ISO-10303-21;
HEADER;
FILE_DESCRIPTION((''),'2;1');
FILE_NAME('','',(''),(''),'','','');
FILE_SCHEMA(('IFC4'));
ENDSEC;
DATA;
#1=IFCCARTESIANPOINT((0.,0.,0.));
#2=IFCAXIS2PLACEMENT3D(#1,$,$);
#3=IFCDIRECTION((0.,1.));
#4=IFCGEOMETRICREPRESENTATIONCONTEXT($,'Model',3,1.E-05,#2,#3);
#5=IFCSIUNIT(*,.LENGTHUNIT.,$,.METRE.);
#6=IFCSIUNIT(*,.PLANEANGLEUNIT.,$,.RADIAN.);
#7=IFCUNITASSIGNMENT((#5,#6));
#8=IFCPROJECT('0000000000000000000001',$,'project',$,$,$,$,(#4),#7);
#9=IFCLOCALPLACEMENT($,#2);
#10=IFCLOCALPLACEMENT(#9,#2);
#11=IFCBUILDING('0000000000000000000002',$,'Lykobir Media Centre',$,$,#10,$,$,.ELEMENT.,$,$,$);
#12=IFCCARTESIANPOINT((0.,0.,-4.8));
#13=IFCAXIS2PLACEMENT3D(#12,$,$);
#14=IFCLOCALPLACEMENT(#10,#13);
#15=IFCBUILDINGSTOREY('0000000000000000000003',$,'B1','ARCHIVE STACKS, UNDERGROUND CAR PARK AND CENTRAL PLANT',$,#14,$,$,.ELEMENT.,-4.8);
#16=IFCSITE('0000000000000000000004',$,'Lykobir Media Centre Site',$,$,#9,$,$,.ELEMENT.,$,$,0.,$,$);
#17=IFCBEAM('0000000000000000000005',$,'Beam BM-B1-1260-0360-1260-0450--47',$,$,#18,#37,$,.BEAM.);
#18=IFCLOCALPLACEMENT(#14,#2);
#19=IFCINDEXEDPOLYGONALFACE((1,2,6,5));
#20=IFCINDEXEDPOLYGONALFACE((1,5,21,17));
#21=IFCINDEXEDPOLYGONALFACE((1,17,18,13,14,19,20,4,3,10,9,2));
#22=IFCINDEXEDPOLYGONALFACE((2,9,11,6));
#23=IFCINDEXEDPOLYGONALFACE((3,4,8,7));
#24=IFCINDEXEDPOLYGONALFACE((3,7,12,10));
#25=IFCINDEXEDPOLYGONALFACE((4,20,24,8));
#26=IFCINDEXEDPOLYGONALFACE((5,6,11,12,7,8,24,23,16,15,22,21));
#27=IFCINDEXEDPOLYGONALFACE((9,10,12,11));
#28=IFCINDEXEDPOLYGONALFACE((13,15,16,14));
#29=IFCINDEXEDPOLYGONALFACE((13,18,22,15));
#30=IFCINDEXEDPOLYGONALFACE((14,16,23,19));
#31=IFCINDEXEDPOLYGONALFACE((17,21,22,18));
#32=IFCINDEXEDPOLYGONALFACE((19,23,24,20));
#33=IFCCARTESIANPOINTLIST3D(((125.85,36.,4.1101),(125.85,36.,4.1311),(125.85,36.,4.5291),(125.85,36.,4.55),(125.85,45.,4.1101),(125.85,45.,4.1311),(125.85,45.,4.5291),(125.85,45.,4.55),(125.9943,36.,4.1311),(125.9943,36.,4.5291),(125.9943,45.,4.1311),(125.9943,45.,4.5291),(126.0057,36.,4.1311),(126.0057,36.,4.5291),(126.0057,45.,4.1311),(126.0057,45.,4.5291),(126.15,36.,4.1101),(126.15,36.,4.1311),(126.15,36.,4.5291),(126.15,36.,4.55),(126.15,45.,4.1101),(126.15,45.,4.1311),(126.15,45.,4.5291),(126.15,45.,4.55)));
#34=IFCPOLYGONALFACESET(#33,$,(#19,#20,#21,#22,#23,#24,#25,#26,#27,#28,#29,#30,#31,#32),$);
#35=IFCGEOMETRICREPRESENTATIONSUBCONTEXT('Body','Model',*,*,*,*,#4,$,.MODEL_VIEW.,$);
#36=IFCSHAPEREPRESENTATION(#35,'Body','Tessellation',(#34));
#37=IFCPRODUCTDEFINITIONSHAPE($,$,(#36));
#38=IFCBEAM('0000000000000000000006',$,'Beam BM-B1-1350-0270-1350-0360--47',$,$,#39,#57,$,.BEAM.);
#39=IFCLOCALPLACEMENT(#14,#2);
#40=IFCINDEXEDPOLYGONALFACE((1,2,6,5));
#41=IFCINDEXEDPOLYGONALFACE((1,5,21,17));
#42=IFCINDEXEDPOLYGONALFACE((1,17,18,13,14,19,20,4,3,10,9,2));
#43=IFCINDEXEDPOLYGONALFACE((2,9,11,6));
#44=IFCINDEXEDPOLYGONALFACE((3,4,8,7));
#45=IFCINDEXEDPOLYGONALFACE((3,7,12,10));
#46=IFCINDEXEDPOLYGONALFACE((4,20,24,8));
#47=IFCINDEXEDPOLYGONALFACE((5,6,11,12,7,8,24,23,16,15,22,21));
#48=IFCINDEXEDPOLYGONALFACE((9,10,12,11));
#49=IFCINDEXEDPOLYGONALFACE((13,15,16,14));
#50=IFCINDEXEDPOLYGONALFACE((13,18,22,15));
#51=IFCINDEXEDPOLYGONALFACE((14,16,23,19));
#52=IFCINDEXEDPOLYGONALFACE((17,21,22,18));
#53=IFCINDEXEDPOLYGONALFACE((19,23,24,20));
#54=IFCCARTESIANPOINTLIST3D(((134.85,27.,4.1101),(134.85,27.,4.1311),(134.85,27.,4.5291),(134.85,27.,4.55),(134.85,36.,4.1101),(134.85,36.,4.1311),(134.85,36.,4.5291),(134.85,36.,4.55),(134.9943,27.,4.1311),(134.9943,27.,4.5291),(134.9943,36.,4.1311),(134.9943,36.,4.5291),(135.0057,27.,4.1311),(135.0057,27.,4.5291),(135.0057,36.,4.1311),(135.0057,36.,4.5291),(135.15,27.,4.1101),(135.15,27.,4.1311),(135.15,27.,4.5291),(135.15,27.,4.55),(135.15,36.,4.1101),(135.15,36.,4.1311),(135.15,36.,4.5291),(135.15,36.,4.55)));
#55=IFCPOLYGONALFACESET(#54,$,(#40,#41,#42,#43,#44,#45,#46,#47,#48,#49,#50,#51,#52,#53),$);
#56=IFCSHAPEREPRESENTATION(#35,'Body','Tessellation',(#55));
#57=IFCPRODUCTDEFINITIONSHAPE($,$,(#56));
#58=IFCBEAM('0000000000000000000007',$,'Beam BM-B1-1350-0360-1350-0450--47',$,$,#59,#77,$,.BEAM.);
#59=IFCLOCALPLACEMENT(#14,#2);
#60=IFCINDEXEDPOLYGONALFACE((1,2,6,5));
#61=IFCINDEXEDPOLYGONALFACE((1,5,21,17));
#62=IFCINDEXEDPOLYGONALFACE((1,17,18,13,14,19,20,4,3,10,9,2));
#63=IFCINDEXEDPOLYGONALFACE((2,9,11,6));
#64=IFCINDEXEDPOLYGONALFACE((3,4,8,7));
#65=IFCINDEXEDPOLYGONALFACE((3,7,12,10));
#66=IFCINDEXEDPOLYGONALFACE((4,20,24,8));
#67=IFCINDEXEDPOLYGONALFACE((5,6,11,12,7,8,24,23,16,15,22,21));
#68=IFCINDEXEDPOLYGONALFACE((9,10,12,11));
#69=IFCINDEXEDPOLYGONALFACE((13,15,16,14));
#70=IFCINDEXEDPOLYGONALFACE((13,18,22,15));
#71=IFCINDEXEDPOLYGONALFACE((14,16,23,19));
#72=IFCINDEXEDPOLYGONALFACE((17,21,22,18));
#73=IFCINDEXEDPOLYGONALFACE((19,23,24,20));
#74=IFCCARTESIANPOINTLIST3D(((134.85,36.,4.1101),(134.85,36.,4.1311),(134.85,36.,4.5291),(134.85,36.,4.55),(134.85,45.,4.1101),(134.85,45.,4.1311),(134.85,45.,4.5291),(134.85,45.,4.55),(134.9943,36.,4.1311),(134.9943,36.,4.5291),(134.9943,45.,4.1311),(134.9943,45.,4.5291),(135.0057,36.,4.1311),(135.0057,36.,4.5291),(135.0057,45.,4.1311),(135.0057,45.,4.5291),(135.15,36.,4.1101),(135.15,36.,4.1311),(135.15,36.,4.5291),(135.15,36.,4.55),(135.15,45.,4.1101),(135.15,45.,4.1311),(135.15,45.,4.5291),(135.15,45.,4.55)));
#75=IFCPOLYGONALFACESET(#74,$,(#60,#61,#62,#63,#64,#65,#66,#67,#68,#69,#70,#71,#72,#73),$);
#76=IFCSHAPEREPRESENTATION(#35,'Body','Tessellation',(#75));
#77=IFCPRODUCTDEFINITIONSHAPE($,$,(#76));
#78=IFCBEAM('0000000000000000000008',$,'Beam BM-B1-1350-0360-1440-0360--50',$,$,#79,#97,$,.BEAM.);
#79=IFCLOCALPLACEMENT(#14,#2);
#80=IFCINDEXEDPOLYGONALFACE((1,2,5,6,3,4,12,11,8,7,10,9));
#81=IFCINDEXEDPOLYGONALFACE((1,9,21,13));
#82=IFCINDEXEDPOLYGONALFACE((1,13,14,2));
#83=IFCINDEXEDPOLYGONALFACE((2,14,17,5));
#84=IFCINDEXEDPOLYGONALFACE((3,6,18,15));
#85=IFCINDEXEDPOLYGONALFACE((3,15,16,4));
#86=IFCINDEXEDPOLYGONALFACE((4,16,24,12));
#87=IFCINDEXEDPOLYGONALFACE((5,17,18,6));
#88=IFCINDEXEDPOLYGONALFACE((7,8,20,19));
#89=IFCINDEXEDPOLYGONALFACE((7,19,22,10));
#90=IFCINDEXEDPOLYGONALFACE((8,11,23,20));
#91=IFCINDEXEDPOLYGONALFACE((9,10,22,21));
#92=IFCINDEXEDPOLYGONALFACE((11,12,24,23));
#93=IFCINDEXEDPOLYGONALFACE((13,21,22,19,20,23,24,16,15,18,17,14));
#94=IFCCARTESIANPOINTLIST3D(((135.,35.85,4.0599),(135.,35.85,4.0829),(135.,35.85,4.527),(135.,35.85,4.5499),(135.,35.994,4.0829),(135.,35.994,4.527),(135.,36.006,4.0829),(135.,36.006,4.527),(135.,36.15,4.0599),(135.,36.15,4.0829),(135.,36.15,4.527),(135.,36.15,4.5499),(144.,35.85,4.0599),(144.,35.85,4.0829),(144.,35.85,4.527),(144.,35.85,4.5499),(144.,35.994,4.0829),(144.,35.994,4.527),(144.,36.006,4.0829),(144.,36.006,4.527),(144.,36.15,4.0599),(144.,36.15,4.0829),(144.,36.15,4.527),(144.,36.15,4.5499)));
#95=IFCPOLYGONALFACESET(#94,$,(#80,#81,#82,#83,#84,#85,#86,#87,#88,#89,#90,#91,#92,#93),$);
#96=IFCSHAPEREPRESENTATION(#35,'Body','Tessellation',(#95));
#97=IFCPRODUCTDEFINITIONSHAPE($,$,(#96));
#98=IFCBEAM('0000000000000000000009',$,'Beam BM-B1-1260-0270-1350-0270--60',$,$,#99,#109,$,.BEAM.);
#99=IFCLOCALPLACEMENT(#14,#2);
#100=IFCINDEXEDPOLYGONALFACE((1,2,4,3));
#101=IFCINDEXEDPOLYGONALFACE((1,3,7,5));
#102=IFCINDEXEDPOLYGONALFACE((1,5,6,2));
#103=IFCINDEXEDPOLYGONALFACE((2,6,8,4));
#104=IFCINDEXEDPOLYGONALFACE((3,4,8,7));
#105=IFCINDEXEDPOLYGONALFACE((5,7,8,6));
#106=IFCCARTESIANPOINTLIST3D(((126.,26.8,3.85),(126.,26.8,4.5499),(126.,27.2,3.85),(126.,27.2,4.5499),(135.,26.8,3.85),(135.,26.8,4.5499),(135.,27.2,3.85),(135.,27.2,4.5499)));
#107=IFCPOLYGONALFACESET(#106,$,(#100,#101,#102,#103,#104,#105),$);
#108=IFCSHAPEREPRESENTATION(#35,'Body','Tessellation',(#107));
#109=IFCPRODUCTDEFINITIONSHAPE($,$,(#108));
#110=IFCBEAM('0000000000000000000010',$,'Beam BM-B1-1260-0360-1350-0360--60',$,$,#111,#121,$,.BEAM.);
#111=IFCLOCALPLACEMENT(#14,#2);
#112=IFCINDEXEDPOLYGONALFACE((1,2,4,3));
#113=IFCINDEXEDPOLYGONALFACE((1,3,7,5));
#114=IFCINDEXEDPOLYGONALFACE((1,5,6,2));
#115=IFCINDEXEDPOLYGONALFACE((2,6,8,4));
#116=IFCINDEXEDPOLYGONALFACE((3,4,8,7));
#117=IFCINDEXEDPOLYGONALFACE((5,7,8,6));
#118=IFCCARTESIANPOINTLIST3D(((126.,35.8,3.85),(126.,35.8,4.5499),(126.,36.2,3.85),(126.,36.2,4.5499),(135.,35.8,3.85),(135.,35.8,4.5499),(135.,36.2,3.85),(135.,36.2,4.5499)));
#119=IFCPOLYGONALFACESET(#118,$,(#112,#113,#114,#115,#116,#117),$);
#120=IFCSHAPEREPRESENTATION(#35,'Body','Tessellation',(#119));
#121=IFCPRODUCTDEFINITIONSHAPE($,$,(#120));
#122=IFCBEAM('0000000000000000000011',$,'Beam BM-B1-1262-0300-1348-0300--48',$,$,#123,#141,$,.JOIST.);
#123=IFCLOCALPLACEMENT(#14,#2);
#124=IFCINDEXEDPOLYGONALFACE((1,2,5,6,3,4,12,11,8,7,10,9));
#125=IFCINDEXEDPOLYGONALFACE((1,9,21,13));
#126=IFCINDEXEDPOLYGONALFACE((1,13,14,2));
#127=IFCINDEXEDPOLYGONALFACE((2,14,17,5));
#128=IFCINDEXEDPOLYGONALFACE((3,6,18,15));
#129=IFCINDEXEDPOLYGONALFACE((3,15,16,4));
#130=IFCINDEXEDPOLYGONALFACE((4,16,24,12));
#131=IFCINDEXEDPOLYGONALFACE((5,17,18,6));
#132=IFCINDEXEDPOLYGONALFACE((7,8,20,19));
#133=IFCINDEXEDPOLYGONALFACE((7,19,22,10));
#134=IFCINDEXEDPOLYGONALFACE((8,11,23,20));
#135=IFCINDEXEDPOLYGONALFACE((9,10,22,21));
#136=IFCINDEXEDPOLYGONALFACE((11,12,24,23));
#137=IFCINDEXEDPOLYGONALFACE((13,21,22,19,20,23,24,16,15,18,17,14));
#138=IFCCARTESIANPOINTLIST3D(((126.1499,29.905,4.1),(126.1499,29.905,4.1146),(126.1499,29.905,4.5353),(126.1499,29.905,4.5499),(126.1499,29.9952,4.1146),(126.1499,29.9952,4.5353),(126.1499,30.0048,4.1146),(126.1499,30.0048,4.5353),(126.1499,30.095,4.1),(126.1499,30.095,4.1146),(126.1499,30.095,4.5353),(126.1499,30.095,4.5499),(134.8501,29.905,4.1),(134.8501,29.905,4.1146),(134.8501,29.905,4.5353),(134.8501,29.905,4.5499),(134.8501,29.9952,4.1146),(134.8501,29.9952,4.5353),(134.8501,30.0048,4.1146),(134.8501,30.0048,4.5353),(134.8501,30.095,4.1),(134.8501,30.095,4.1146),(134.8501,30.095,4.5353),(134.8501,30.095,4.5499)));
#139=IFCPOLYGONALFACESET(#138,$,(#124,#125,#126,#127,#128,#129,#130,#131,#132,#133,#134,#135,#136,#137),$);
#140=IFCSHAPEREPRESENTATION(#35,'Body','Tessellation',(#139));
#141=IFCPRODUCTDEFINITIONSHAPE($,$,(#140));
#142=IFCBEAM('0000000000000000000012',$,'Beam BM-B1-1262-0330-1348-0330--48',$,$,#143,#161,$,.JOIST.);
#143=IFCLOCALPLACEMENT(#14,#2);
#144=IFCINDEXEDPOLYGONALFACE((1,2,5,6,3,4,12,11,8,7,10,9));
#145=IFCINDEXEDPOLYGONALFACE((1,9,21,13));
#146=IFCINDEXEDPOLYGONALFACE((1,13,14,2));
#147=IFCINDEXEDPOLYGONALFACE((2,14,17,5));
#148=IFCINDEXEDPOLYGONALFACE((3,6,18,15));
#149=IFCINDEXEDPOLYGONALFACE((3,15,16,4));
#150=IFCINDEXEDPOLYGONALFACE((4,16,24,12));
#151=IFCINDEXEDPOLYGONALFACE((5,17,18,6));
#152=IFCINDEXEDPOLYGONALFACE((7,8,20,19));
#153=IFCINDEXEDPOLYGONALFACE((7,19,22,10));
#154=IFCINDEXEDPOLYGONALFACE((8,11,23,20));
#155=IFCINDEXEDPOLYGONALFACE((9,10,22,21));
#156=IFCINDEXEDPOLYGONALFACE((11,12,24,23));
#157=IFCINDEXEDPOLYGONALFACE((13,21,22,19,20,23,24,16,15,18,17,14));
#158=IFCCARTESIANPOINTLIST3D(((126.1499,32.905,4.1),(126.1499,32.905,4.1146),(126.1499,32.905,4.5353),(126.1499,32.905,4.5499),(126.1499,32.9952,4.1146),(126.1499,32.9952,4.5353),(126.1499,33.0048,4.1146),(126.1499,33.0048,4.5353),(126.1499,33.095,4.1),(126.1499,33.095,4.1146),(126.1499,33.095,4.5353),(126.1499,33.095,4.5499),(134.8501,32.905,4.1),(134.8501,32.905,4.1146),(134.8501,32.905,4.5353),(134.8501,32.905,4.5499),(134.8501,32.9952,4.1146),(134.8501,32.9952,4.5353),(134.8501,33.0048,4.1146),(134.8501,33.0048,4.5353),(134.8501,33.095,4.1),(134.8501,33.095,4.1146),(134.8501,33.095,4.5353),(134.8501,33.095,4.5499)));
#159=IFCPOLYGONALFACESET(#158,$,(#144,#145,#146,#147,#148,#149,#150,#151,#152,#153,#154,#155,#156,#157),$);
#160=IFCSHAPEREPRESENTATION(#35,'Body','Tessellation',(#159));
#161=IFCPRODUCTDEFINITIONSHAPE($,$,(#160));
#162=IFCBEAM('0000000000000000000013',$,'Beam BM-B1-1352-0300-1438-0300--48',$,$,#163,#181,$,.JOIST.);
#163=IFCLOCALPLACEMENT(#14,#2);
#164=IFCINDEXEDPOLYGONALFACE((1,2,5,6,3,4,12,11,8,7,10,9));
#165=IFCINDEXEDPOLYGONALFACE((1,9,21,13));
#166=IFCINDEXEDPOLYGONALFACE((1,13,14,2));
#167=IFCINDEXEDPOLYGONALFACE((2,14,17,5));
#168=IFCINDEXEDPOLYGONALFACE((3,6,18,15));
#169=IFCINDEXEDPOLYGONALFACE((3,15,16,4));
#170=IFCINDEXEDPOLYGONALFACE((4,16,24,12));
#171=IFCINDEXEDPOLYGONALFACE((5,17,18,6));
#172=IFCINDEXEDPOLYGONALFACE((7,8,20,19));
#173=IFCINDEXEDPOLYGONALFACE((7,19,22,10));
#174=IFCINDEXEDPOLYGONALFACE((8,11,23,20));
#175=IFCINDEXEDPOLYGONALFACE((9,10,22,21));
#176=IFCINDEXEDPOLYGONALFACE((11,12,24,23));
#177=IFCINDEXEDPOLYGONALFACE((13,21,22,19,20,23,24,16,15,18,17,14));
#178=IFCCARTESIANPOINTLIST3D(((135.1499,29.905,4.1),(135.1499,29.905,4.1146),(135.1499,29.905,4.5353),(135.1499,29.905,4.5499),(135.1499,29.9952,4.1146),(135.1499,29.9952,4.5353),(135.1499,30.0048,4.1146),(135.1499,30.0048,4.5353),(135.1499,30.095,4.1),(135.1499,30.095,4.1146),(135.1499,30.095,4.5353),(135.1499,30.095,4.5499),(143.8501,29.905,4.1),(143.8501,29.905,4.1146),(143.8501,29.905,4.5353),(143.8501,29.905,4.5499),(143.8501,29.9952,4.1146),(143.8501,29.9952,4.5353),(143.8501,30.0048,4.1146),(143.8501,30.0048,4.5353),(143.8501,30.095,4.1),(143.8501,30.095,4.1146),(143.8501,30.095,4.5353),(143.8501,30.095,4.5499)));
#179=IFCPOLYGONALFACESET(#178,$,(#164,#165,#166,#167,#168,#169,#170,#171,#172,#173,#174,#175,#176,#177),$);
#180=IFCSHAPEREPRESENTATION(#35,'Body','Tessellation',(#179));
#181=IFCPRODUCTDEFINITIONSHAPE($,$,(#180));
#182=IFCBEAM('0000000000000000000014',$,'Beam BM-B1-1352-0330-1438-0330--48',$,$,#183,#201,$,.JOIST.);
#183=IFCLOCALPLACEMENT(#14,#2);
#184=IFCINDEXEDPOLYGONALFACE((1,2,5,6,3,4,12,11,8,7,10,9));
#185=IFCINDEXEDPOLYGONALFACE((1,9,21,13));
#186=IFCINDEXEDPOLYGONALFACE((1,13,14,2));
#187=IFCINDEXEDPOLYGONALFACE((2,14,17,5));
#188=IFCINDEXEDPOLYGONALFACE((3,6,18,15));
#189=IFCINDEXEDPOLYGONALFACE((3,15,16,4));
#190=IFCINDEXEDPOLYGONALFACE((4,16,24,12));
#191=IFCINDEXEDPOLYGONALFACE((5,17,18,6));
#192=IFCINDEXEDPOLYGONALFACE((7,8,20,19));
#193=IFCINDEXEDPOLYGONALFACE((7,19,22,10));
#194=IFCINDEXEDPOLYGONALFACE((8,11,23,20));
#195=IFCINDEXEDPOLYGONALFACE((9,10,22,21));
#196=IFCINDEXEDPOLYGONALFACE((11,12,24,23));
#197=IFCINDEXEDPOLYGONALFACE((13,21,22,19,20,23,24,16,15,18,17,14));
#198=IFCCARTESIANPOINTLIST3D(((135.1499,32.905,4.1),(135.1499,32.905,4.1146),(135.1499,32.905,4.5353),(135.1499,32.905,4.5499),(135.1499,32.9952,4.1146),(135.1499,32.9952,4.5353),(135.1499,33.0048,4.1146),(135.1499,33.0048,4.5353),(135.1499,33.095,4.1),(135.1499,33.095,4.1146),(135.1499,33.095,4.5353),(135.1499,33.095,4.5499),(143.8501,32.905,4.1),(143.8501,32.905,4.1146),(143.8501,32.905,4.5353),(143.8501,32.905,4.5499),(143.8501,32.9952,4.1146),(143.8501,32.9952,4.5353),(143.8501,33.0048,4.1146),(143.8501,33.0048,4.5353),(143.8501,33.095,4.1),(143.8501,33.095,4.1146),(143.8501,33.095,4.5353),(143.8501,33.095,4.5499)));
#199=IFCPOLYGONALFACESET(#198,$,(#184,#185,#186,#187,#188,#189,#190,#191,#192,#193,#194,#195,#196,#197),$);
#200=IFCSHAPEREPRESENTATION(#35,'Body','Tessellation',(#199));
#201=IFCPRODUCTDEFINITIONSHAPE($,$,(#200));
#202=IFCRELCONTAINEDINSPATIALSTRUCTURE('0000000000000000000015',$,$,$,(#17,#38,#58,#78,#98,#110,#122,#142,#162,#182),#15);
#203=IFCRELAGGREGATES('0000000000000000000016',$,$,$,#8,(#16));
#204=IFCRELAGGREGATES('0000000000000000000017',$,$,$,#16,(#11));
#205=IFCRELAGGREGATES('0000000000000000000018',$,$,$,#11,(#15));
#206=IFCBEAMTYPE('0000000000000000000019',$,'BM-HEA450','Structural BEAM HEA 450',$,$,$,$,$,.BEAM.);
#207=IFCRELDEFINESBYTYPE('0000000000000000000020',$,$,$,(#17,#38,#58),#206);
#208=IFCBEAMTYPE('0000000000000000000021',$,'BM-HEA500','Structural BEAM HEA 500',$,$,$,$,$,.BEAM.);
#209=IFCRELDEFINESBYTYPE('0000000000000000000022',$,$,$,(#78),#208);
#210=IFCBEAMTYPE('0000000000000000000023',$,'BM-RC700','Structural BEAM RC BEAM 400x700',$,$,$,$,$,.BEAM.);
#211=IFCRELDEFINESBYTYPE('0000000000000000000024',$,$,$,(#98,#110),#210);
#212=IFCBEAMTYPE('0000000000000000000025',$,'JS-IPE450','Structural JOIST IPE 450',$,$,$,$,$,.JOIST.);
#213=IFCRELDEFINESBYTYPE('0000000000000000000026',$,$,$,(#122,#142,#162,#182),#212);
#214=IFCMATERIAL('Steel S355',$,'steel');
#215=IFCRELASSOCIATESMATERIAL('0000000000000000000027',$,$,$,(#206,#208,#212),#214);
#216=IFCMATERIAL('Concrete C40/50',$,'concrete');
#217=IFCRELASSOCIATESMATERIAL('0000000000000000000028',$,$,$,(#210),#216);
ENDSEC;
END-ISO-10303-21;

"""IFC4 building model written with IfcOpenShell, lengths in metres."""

from ifc_helpers import new_model, si_unit, direction, frame, origin, origin_2d, place, context, subcontext, project, spatial, rectangle, i_section, extrude, material, material_profile, profile_set, type_object, element, save


model = new_model("IFC4")

# Units and contexts
model_context = context("Model", 3, precision=1e-05, world=origin(), true_north=direction((0.0, 1.0)))
body_context = subcontext(model_context, "Body", "Model", "MODEL_VIEW")
ifc_project = project(units=[si_unit("LENGTHUNIT", "METRE"), si_unit("PLANEANGLEUNIT", "RADIAN")], contexts=[model_context])

# Site, building, storey
site_placement = place(None, origin())
site = spatial("IfcSite", under=ifc_project, at=site_placement, Name="Lykobir Media Centre Site", CompositionType="ELEMENT", RefElevation=0.0)
building_placement = place(site_placement, origin())
building = spatial("IfcBuilding", under=site, at=building_placement, Name="Lykobir Media Centre", CompositionType="ELEMENT")
storey_placement = place(building_placement, frame((0.0, 0.0, -4.8)))
storey = spatial("IfcBuildingStorey", under=building, at=storey_placement, Name="B1", Description="ARCHIVE STACKS, UNDERGROUND CAR PARK AND CENTRAL PLANT", CompositionType="ELEMENT", Elevation=-4.8)

# Shared definitions
ifc_material_1 = material(Name="Concrete C40/50", Category="concrete")
ifc_material_2 = material(Name="Steel S355", Category="steel")

# Beams
ifc_material_profile_1 = material_profile(ifc_material_2, i_section(OverallWidth=0.3, OverallDepth=0.4399, WebThickness=0.0115, FlangeThickness=0.021, at=origin_2d()), Name="HEA 450")
ifc_profile_set_1 = profile_set([ifc_material_profile_1], Name="Steel S355")
beam_type_1 = type_object("IfcBeamType", Name="BM-HEA450", Description="Structural BEAM HEA 450", PredefinedType="BEAM", material=ifc_profile_set_1)
for number, where, z_axis, x_axis, name in (
    (1, (126.0, 36.0, 4.3301), (0.0, 1.0, 0.0), (-1.0, 0.0, 0.0), "Beam BM-B1-1260-0360-1260-0450--47"),
    (2, (135.0, 27.0, 4.3301), (0.0, 1.0, 0.0), (-1.0, 0.0, 0.0), "Beam BM-B1-1350-0270-1350-0360--47"),
    (3, (135.0, 36.0, 4.3301), (0.0, 1.0, 0.0), (-1.0, 0.0, 0.0), "Beam BM-B1-1350-0360-1350-0450--47"),
):
    element("IfcBeam", number, at=place(storey_placement, frame(where, z_axis=z_axis, x_axis=x_axis)), inside=storey, type_object=beam_type_1, Name=name, PredefinedType="BEAM", context=body_context, shape_type="SweptSolid", body=[
        extrude(i_section(OverallWidth=0.3, OverallDepth=0.4399, WebThickness=0.0115, FlangeThickness=0.021, at=origin_2d()), origin(), (0.0, 0.0, 1.0), 9.0),
    ])
ifc_material_profile_2 = material_profile(ifc_material_2, i_section(OverallWidth=0.3, OverallDepth=0.49, WebThickness=0.012, FlangeThickness=0.0229, at=origin_2d()), Name="HEA 500")
ifc_profile_set_2 = profile_set([ifc_material_profile_2], Name="Steel S355")
beam_type_2 = type_object("IfcBeamType", Name="BM-HEA500", Description="Structural BEAM HEA 500", PredefinedType="BEAM", material=ifc_profile_set_2)
beam_1_placement = place(storey_placement, frame((135.0, 36.0, 4.3049), z_axis=(1.0, 0.0, 0.0), x_axis=(0.0, 1.0, 0.0)))
element("IfcBeam", 4, at=beam_1_placement, inside=storey, type_object=beam_type_2, Name="Beam BM-B1-1350-0360-1440-0360--50", PredefinedType="BEAM", context=body_context, shape_type="SweptSolid", body=[
    extrude(i_section(OverallWidth=0.3, OverallDepth=0.49, WebThickness=0.012, FlangeThickness=0.0229, at=origin_2d()), origin(), (0.0, 0.0, 1.0), 9.0),
])
ifc_material_profile_3 = material_profile(ifc_material_1, rectangle(XDim=0.3999, YDim=0.7, at=origin_2d()), Name="RC BEAM 400x700")
ifc_profile_set_3 = profile_set([ifc_material_profile_3], Name="Concrete C40/50")
beam_type_3 = type_object("IfcBeamType", Name="BM-RC700", Description="Structural BEAM RC BEAM 400x700", PredefinedType="BEAM", material=ifc_profile_set_3)
for number, where, z_axis, x_axis, name in (
    (5, (126.0, 27.0, 4.2), (1.0, 0.0, 0.0), (0.0, 1.0, 0.0), "Beam BM-B1-1260-0270-1350-0270--60"),
    (6, (126.0, 36.0, 4.2), (1.0, 0.0, 0.0), (0.0, 1.0, 0.0), "Beam BM-B1-1260-0360-1350-0360--60"),
):
    element("IfcBeam", number, at=place(storey_placement, frame(where, z_axis=z_axis, x_axis=x_axis)), inside=storey, type_object=beam_type_3, Name=name, PredefinedType="BEAM", context=body_context, shape_type="SweptSolid", body=[
        extrude(rectangle(XDim=0.3999, YDim=0.7, at=origin_2d()), origin(), (0.0, 0.0, 1.0), 9.0),
    ])
ifc_material_profile_4 = material_profile(ifc_material_2, i_section(OverallWidth=0.1899, OverallDepth=0.45, WebThickness=0.0095, FlangeThickness=0.0146, at=origin_2d()), Name="IPE 450")
ifc_profile_set_4 = profile_set([ifc_material_profile_4], Name="Steel S355")
beam_type_4 = type_object("IfcBeamType", Name="JS-IPE450", Description="Structural JOIST IPE 450", PredefinedType="JOIST", material=ifc_profile_set_4)
for number, where, z_axis, x_axis, name in (
    (7, (126.1499, 30.0, 4.325), (1.0, 0.0, 0.0), (0.0, 1.0, 0.0), "Beam BM-B1-1262-0300-1348-0300--48"),
    (8, (126.1499, 33.0, 4.325), (1.0, 0.0, 0.0), (0.0, 1.0, 0.0), "Beam BM-B1-1262-0330-1348-0330--48"),
    (9, (135.1499, 30.0, 4.325), (1.0, 0.0, 0.0), (0.0, 1.0, 0.0), "Beam BM-B1-1352-0300-1438-0300--48"),
    (10, (135.1499, 33.0, 4.325), (1.0, 0.0, 0.0), (0.0, 1.0, 0.0), "Beam BM-B1-1352-0330-1438-0330--48"),
):
    element("IfcBeam", number, at=place(storey_placement, frame(where, z_axis=z_axis, x_axis=x_axis)), inside=storey, type_object=beam_type_4, Name=name, PredefinedType="JOIST", context=body_context, shape_type="SweptSolid", body=[
        extrude(i_section(OverallWidth=0.1899, OverallDepth=0.45, WebThickness=0.0095, FlangeThickness=0.0146, at=origin_2d()), origin(), (0.0, 0.0, 1.0), 8.7002),
    ])

save(model, "model.ifc")
